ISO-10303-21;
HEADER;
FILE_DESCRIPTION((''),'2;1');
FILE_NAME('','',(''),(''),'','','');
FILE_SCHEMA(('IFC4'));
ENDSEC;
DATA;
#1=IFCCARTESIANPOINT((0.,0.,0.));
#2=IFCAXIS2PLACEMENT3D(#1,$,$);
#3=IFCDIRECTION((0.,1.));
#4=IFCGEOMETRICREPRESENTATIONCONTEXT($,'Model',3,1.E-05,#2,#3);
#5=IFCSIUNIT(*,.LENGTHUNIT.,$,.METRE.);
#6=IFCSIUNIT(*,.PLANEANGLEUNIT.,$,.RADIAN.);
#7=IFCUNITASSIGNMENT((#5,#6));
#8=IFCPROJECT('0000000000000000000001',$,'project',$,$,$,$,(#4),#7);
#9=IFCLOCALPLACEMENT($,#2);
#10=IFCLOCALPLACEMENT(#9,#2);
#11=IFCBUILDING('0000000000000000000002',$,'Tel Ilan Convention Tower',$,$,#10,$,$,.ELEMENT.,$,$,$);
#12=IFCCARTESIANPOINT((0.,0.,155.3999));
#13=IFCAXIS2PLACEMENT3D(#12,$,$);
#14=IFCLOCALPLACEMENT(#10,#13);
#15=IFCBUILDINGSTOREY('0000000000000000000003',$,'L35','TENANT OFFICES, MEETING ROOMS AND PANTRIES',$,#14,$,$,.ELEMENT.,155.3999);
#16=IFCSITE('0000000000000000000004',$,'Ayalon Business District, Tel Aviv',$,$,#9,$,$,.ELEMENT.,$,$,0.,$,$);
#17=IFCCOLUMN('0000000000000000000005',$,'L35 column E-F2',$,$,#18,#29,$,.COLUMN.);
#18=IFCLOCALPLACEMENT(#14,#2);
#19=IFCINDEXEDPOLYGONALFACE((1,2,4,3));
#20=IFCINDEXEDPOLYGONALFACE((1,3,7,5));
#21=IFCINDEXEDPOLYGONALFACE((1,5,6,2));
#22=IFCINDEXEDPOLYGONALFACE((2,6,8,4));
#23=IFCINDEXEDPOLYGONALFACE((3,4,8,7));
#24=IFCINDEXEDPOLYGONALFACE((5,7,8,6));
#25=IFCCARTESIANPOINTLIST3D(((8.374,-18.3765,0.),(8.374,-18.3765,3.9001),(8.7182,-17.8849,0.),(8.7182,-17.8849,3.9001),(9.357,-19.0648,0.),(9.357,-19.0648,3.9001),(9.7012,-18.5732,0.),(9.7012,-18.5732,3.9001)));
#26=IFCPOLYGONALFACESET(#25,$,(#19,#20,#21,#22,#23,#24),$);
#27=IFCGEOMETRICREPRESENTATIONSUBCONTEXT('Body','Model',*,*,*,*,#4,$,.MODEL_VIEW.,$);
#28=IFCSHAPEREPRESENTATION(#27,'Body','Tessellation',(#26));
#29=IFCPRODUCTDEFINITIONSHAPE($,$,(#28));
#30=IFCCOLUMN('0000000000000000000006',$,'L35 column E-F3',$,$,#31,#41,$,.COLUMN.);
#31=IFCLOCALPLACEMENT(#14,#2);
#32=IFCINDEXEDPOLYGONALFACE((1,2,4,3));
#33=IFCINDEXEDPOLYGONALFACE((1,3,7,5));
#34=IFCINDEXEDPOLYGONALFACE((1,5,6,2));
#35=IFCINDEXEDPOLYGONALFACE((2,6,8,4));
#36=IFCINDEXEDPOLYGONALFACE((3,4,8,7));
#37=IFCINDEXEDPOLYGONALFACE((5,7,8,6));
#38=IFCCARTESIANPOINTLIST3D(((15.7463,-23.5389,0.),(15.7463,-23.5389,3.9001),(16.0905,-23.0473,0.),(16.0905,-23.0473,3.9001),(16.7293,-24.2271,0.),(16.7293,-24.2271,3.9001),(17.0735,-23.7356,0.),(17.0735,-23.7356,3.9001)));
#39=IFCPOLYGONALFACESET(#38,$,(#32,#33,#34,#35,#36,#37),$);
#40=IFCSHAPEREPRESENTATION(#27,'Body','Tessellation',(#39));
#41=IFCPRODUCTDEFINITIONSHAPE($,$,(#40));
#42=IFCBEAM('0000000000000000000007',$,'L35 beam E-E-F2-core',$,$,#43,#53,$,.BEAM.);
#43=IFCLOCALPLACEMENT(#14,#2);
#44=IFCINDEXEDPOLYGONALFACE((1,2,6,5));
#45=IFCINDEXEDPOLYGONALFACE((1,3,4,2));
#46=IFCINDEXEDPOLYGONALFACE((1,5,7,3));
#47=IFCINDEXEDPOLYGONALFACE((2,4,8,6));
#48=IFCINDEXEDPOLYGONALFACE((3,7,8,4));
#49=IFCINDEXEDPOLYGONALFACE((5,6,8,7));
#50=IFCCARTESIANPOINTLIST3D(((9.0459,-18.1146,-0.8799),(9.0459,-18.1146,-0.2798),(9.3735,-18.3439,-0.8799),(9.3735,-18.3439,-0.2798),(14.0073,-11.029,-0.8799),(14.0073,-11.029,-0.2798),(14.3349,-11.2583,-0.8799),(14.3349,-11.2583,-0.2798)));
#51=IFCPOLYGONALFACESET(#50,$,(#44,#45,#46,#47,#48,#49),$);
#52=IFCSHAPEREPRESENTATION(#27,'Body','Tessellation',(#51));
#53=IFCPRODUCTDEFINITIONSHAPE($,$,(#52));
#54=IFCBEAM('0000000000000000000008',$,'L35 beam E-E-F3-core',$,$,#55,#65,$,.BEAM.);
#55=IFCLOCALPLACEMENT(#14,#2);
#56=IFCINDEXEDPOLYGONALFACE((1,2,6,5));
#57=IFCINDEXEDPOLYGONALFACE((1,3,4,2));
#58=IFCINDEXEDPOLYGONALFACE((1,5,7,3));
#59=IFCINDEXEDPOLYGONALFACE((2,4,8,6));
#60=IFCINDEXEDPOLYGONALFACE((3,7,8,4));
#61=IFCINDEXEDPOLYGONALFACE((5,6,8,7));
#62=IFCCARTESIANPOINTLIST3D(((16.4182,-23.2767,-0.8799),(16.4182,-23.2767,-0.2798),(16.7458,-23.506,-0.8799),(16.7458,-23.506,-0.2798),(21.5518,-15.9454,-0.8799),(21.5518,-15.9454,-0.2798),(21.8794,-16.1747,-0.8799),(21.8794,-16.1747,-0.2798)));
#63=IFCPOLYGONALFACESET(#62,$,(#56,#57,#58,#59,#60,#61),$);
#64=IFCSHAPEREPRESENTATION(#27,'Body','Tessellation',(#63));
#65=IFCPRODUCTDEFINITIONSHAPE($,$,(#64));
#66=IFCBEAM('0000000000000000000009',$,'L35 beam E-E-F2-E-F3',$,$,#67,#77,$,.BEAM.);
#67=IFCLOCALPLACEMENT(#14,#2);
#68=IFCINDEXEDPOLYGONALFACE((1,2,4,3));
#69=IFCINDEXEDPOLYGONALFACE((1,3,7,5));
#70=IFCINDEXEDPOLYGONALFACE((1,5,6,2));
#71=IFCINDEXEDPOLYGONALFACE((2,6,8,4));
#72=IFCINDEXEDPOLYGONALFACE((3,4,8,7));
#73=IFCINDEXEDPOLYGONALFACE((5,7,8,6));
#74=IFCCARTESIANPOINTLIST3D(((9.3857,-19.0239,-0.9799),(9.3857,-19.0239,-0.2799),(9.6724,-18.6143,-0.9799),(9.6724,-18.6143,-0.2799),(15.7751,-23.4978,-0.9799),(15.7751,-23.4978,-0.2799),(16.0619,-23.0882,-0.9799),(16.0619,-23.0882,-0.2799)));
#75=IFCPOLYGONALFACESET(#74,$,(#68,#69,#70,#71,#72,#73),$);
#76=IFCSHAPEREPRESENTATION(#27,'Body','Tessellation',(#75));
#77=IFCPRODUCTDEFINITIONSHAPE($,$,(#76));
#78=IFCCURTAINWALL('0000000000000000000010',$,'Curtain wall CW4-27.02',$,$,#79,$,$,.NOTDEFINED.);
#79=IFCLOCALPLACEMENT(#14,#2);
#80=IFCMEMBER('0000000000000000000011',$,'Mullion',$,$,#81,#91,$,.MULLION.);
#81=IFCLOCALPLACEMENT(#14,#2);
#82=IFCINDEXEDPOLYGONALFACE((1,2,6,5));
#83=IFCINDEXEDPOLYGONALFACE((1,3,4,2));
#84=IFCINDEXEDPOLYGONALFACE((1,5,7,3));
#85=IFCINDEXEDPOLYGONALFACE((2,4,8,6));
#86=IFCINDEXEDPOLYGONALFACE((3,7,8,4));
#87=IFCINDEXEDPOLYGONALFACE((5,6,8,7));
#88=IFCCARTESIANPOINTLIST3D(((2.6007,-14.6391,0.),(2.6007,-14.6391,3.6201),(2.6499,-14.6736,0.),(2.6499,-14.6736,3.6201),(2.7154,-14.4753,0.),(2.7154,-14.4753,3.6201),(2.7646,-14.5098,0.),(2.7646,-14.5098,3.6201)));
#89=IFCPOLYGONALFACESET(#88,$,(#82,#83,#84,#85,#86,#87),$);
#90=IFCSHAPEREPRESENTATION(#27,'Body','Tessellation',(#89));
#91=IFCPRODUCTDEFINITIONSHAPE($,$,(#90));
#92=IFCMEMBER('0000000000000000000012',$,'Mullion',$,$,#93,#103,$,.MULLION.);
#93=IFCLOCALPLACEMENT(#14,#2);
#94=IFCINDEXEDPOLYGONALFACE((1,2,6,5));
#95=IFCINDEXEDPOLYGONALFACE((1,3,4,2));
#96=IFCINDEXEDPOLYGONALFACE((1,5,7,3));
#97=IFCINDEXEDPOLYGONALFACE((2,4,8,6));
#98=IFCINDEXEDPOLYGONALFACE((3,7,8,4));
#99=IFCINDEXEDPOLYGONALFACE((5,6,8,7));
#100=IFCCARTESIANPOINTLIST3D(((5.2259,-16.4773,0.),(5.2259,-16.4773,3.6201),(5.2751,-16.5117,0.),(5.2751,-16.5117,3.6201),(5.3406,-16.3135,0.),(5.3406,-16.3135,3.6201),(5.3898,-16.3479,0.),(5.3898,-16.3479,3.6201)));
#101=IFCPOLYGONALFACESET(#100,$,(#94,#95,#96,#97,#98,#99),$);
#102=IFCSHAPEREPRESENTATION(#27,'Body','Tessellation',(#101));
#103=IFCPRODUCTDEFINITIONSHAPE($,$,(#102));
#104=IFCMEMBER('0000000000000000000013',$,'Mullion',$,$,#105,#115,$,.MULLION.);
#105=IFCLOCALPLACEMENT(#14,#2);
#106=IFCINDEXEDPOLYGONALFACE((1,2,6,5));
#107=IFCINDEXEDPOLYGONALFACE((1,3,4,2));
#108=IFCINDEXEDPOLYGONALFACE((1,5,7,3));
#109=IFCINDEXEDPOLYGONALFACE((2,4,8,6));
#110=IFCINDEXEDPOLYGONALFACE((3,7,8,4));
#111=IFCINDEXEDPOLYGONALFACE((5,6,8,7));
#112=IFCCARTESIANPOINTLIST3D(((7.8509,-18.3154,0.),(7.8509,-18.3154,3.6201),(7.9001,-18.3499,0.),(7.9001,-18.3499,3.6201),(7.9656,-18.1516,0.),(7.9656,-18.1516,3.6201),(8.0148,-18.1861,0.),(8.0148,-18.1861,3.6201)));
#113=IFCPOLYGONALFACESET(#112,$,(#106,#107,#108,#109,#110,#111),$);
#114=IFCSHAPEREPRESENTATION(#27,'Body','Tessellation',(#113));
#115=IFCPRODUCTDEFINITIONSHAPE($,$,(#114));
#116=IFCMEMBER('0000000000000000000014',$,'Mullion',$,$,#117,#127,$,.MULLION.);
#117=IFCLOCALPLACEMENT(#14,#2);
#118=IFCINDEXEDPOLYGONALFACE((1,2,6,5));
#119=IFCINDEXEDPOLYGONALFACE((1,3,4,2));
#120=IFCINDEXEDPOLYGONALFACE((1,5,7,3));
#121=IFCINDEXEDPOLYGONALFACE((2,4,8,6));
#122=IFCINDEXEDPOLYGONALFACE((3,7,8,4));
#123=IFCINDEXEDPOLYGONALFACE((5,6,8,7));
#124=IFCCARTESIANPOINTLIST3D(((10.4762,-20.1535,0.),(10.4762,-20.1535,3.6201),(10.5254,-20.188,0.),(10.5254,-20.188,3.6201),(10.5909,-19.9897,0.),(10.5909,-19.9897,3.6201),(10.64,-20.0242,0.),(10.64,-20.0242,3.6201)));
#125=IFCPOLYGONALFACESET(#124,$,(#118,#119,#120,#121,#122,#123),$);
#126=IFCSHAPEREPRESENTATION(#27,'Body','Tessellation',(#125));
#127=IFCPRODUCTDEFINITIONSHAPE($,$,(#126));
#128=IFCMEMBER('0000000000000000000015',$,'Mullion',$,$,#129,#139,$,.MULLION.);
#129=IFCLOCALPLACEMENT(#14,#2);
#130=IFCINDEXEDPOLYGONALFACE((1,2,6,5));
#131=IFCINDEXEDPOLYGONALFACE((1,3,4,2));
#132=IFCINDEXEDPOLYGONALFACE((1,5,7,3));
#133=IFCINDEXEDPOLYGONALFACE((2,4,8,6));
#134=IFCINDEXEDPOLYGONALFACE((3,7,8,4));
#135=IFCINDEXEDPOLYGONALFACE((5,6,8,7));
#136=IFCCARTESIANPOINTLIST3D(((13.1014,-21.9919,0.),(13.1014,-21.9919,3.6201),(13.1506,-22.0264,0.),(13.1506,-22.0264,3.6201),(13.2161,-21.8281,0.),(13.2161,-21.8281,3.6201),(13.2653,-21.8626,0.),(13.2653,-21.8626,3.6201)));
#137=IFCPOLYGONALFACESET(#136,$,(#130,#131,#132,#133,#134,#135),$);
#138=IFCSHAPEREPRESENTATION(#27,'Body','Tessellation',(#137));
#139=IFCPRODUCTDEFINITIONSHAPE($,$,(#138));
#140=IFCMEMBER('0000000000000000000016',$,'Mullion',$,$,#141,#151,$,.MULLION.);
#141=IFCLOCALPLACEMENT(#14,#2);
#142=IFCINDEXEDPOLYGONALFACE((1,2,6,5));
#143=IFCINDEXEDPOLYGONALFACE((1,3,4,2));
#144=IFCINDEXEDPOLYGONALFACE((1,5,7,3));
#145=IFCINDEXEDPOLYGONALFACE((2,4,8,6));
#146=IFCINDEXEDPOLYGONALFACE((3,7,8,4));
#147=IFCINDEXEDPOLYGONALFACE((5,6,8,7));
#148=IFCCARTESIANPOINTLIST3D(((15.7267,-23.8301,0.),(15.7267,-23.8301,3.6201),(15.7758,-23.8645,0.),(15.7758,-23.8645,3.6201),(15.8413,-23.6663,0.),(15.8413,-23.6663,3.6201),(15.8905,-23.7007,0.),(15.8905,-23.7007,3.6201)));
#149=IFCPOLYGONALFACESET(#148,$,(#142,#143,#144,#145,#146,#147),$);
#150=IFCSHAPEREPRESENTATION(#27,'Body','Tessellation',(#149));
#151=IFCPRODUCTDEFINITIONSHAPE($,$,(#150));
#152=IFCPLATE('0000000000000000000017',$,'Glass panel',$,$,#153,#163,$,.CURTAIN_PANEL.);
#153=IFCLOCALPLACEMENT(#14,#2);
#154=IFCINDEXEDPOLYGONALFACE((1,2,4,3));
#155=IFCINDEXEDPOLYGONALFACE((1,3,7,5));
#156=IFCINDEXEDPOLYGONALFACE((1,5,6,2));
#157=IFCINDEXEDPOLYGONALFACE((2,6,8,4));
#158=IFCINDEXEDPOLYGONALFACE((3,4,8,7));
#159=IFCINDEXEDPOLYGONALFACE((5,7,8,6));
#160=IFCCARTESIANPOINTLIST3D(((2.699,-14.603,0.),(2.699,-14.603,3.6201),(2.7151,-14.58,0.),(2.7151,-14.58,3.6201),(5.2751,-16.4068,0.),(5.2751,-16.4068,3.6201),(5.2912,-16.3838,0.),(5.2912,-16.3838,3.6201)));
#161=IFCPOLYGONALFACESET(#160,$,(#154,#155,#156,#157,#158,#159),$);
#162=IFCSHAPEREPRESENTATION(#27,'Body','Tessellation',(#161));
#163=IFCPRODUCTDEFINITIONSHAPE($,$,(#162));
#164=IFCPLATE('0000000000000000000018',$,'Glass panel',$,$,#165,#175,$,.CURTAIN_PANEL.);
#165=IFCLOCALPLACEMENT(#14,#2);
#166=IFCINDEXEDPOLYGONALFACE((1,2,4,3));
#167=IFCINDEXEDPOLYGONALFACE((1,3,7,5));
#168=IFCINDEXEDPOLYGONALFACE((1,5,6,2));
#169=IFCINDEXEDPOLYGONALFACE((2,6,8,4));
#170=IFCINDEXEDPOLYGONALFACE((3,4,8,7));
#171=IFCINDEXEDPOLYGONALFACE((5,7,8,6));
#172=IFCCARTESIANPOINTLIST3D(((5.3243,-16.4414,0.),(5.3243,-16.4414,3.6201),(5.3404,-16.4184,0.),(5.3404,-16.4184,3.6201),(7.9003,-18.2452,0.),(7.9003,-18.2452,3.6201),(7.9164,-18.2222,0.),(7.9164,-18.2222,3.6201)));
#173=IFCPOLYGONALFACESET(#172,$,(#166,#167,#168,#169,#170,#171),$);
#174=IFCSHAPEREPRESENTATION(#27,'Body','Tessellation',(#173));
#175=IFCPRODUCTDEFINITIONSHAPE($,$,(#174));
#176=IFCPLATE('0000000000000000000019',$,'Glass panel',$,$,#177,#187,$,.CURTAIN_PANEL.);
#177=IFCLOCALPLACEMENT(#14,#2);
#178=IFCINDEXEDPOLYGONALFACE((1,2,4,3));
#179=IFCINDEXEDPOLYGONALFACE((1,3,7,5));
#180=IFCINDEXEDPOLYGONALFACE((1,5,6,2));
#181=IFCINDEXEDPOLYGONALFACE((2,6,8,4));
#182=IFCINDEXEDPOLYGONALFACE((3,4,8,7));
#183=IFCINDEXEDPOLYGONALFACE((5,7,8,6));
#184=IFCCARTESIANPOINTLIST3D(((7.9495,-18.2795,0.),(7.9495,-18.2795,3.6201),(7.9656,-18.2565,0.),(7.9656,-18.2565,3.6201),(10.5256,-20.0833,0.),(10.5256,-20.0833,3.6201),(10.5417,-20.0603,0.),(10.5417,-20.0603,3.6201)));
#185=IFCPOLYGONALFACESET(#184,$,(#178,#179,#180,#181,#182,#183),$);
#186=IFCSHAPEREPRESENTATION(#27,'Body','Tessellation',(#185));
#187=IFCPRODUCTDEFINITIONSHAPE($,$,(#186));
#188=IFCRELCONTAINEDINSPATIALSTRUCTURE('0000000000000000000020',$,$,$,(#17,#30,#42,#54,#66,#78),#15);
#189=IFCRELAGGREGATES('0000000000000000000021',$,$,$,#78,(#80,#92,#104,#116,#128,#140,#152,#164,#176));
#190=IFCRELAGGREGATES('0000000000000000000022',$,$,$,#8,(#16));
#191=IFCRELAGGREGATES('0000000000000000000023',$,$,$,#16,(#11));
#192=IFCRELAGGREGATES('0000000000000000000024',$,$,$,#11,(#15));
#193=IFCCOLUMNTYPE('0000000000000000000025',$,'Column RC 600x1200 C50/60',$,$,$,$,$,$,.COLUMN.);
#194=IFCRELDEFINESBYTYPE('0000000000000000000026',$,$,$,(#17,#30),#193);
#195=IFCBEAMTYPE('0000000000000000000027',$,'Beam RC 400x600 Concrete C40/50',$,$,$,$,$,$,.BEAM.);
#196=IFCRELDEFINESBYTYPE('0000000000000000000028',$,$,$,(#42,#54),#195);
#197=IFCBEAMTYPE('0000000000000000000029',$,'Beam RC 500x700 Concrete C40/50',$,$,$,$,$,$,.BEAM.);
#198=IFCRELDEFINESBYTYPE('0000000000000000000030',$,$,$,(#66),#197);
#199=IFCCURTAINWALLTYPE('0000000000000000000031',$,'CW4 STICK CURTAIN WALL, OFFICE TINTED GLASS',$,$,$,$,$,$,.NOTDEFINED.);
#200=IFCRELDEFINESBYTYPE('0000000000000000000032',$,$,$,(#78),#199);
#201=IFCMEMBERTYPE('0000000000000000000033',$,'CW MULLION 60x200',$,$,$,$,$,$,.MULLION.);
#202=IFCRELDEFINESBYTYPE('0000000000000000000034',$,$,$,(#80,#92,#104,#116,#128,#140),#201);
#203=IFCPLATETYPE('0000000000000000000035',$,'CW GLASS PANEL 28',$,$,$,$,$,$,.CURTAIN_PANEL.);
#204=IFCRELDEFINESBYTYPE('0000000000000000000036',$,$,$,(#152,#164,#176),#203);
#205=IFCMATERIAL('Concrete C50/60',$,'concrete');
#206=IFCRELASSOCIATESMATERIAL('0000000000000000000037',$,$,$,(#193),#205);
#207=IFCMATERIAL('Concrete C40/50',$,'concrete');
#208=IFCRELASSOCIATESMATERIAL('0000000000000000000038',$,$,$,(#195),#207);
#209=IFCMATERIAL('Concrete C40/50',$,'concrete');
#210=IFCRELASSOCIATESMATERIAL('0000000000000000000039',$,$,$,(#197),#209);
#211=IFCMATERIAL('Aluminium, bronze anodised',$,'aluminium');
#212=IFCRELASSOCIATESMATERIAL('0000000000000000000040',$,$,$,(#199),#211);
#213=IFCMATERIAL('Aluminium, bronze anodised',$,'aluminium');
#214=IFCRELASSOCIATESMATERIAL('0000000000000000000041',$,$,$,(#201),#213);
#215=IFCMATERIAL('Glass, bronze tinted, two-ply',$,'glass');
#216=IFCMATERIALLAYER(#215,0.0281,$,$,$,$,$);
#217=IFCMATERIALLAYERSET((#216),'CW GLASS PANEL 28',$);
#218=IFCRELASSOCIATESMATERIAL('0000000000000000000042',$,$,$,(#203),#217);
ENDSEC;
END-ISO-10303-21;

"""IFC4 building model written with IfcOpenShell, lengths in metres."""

from ifc_helpers import new_model, si_unit, direction, frame, origin, origin_2d, place, context, subcontext, project, spatial, rectangle, extrude, material, layer, layer_set, material_profile, profile_set, type_object, element, aggregate, save


model = new_model("IFC4")

# Units and contexts
model_context = context("Model", 3, precision=1e-05, world=origin(), true_north=direction((0.0, 1.0)))
body_context = subcontext(model_context, "Body", "Model", "MODEL_VIEW")
ifc_project = project(units=[si_unit("LENGTHUNIT", "METRE"), si_unit("PLANEANGLEUNIT", "RADIAN")], contexts=[model_context])

# Site, building, storey
site_placement = place(None, origin())
site = spatial("IfcSite", under=ifc_project, at=site_placement, Name="Ayalon Business District, Tel Aviv", CompositionType="ELEMENT", RefElevation=0.0)
building_placement = place(site_placement, origin())
building = spatial("IfcBuilding", under=site, at=building_placement, Name="Tel Ilan Convention Tower", CompositionType="ELEMENT")
storey_placement = place(building_placement, frame((0.0, 0.0, 155.3999)))
storey = spatial("IfcBuildingStorey", under=building, at=storey_placement, Name="L35", Description="TENANT OFFICES, MEETING ROOMS AND PANTRIES", CompositionType="ELEMENT", Elevation=155.3999)

# Columns
ifc_material_1 = material(Name="Concrete C50/60", Category="concrete")
ifc_material_profile_1 = material_profile(ifc_material_1, rectangle(XDim=1.2, YDim=0.6001, at=origin_2d()), Name="RC 600x1200")
ifc_profile_set_1 = profile_set([ifc_material_profile_1], Name="Concrete C50/60")
column_type = type_object("IfcColumnType", Name="Column RC 600x1200 C50/60", PredefinedType="COLUMN", material=ifc_profile_set_1)
for number, where, z_axis, x_axis, name in (
    (1, (9.0376, -18.4749, 0.0), (0.0, 0.0, 1.0), (0.819152, -0.573576, 0.0), "L35 column E-F2"),
    (2, (16.4099, -23.6372, 0.0), (0.0, 0.0, 1.0), (0.819152, -0.573576, 0.0), "L35 column E-F3"),
):
    element("IfcColumn", number, at=place(storey_placement, frame(where, z_axis=z_axis, x_axis=x_axis)), inside=storey, type_object=column_type, Name=name, PredefinedType="COLUMN", context=body_context, shape_type="SweptSolid", body=[
        extrude(rectangle(XDim=1.2, YDim=0.6001, at=origin_2d()), origin(), (0.0, 0.0, 1.0), 3.9001),
    ])

# Beams
ifc_material_2 = material(Name="Concrete C40/50", Category="concrete")
ifc_material_profile_2 = material_profile(ifc_material_2, rectangle(XDim=0.3999, YDim=0.6001, at=origin_2d()), Name="RC 400x600")
ifc_profile_set_2 = profile_set([ifc_material_profile_2], Name="Concrete C40/50")
beam_type_1 = type_object("IfcBeamType", Name="Beam RC 400x600 Concrete C40/50", PredefinedType="BEAM", material=ifc_profile_set_2)
beam_1_placement = place(storey_placement, frame((9.2097, -18.2292, -0.5798), z_axis=(0.573574, 0.819154, 0.0), x_axis=(-0.819154, 0.573574, 0.0)))
element("IfcBeam", 3, at=beam_1_placement, inside=storey, type_object=beam_type_1, Name="L35 beam E-E-F2-core", PredefinedType="BEAM", context=body_context, shape_type="SweptSolid", body=[
    extrude(rectangle(XDim=0.3999, YDim=0.6001, at=origin_2d()), origin(), (0.0, 0.0, 1.0), 8.6499),
])
beam_2_placement = place(storey_placement, frame((16.582, -23.3914, -0.5798), z_axis=(0.573585, 0.819146, 0.0), x_axis=(-0.819146, 0.573585, 0.0)))
element("IfcBeam", 4, at=beam_2_placement, inside=storey, type_object=beam_type_1, Name="L35 beam E-E-F3-core", PredefinedType="BEAM", context=body_context, shape_type="SweptSolid", body=[
    extrude(rectangle(XDim=0.3999, YDim=0.6001, at=origin_2d()), origin(), (0.0, 0.0, 1.0), 8.95),
])
ifc_material_3 = material(Name="Concrete C40/50", Category="concrete")
ifc_material_profile_3 = material_profile(ifc_material_3, rectangle(XDim=0.5, YDim=0.7, at=origin_2d()), Name="RC 500x700")
ifc_profile_set_3 = profile_set([ifc_material_profile_3], Name="Concrete C40/50")
beam_type_2 = type_object("IfcBeamType", Name="Beam RC 500x700 Concrete C40/50", PredefinedType="BEAM", material=ifc_profile_set_3)
beam_3_placement = place(storey_placement, frame((9.5291, -18.8191, -0.6299), z_axis=(0.819154, -0.573574, 0.0), x_axis=(0.573574, 0.819154, 0.0)))
element("IfcBeam", 5, at=beam_3_placement, inside=storey, type_object=beam_type_2, Name="L35 beam E-E-F2-E-F3", PredefinedType="BEAM", context=body_context, shape_type="SweptSolid", body=[
    extrude(rectangle(XDim=0.5, YDim=0.7, at=origin_2d()), origin(), (0.0, 0.0, 1.0), 7.8),
])

# Curtain wall, members, plates
ifc_material_4 = material(Name="Aluminium, bronze anodised", Category="aluminium")
curtain_wall_type = type_object("IfcCurtainWallType", Name="CW4 STICK CURTAIN WALL, OFFICE TINTED GLASS", PredefinedType="NOTDEFINED", material=ifc_material_4)
curtain_wall_placement = place(storey_placement, origin())
curtain_wall = element("IfcCurtainWall", 6, at=curtain_wall_placement, inside=storey, type_object=curtain_wall_type, Name="Curtain wall CW4-27.02", PredefinedType="NOTDEFINED")
ifc_material_5 = material(Name="Aluminium, bronze anodised", Category="aluminium")
ifc_material_profile_4 = material_profile(ifc_material_5, rectangle(XDim=0.0601, YDim=0.2, at=origin_2d()), Name="CW MULLION 60x200")
ifc_profile_set_4 = profile_set([ifc_material_profile_4], Name="Aluminium, bronze anodised")
member_type = type_object("IfcMemberType", Name="CW MULLION 60x200", PredefinedType="MULLION", material=ifc_profile_set_4)
member_1_placement = place(storey_placement, frame((2.6826, -14.5745, 0.0), z_axis=(0.0, 0.0, 1.0), x_axis=(0.819152, -0.573576, 0.0)))
member_1 = element("IfcMember", 7, at=member_1_placement, type_object=member_type, Name="Mullion", PredefinedType="MULLION", context=body_context, shape_type="SweptSolid", body=[
    extrude(rectangle(XDim=0.0601, YDim=0.2, at=origin_2d()), origin(), (0.0, 0.0, 1.0), 3.6201),
])
member_2_placement = place(storey_placement, frame((5.3079, -16.4126, 0.0), z_axis=(0.0, 0.0, 1.0), x_axis=(0.819152, -0.573576, 0.0)))
member_2 = element("IfcMember", 8, at=member_2_placement, type_object=member_type, Name="Mullion", PredefinedType="MULLION", context=body_context, shape_type="SweptSolid", body=[
    extrude(rectangle(XDim=0.0601, YDim=0.2, at=origin_2d()), origin(), (0.0, 0.0, 1.0), 3.6201),
])
member_3_placement = place(storey_placement, frame((7.9329, -18.2507, 0.0), z_axis=(0.0, 0.0, 1.0), x_axis=(0.819152, -0.573576, 0.0)))
member_3 = element("IfcMember", 9, at=member_3_placement, type_object=member_type, Name="Mullion", PredefinedType="MULLION", context=body_context, shape_type="SweptSolid", body=[
    extrude(rectangle(XDim=0.0601, YDim=0.2, at=origin_2d()), origin(), (0.0, 0.0, 1.0), 3.6201),
])
member_4_placement = place(storey_placement, frame((10.5581, -20.0889, 0.0), z_axis=(0.0, 0.0, 1.0), x_axis=(0.819152, -0.573576, 0.0)))
member_4 = element("IfcMember", 10, at=member_4_placement, type_object=member_type, Name="Mullion", PredefinedType="MULLION", context=body_context, shape_type="SweptSolid", body=[
    extrude(rectangle(XDim=0.0601, YDim=0.2, at=origin_2d()), origin(), (0.0, 0.0, 1.0), 3.6201),
])
member_5_placement = place(storey_placement, frame((13.1833, -21.9272, 0.0), z_axis=(0.0, 0.0, 1.0), x_axis=(0.819152, -0.573576, 0.0)))
member_5 = element("IfcMember", 11, at=member_5_placement, type_object=member_type, Name="Mullion", PredefinedType="MULLION", context=body_context, shape_type="SweptSolid", body=[
    extrude(rectangle(XDim=0.0601, YDim=0.2, at=origin_2d()), origin(), (0.0, 0.0, 1.0), 3.6201),
])
member_6_placement = place(storey_placement, frame((15.8086, -23.7654, 0.0), z_axis=(0.0, 0.0, 1.0), x_axis=(0.819152, -0.573576, 0.0)))
member_6 = element("IfcMember", 12, at=member_6_placement, type_object=member_type, Name="Mullion", PredefinedType="MULLION", context=body_context, shape_type="SweptSolid", body=[
    extrude(rectangle(XDim=0.0601, YDim=0.2, at=origin_2d()), origin(), (0.0, 0.0, 1.0), 3.6201),
])
ifc_material_6 = material(Name="Glass, bronze tinted, two-ply", Category="glass")
ifc_layer_1 = layer(ifc_material_6, 0.0281)
ifc_layer_set_1 = layer_set([ifc_layer_1], Name="CW GLASS PANEL 28")
plate_type = type_object("IfcPlateType", Name="CW GLASS PANEL 28", PredefinedType="CURTAIN_PANEL", material=ifc_layer_set_1)
plate_1_placement = place(storey_placement, frame((3.9951, -15.4934, 0.0), z_axis=(0.0, 0.0, 1.0), x_axis=(0.819152, -0.573576, 0.0)))
plate_1 = element("IfcPlate", 13, at=plate_1_placement, type_object=plate_type, Name="Glass panel", PredefinedType="CURTAIN_PANEL", context=body_context, shape_type="SweptSolid", body=[
    extrude(rectangle(XDim=3.1448, YDim=0.0281, at=origin_2d()), origin(), (0.0, 0.0, 1.0), 3.6201),
])
plate_2_placement = place(storey_placement, frame((6.6204, -17.3318, 0.0), z_axis=(0.0, 0.0, 1.0), x_axis=(0.819152, -0.573576, 0.0)))
plate_2 = element("IfcPlate", 14, at=plate_2_placement, type_object=plate_type, Name="Glass panel", PredefinedType="CURTAIN_PANEL", context=body_context, shape_type="SweptSolid", body=[
    extrude(rectangle(XDim=3.1448, YDim=0.0281, at=origin_2d()), origin(), (0.0, 0.0, 1.0), 3.6201),
])
plate_3_placement = place(storey_placement, frame((9.2456, -19.1699, 0.0), z_axis=(0.0, 0.0, 1.0), x_axis=(0.819152, -0.573576, 0.0)))
plate_3 = element("IfcPlate", 15, at=plate_3_placement, type_object=plate_type, Name="Glass panel", PredefinedType="CURTAIN_PANEL", context=body_context, shape_type="SweptSolid", body=[
    extrude(rectangle(XDim=3.1448, YDim=0.0281, at=origin_2d()), origin(), (0.0, 0.0, 1.0), 3.6201),
])
aggregate(curtain_wall, [member_1, member_2, member_3, member_4, member_5, member_6, plate_1, plate_2, plate_3])

save(model, "model.ifc")
